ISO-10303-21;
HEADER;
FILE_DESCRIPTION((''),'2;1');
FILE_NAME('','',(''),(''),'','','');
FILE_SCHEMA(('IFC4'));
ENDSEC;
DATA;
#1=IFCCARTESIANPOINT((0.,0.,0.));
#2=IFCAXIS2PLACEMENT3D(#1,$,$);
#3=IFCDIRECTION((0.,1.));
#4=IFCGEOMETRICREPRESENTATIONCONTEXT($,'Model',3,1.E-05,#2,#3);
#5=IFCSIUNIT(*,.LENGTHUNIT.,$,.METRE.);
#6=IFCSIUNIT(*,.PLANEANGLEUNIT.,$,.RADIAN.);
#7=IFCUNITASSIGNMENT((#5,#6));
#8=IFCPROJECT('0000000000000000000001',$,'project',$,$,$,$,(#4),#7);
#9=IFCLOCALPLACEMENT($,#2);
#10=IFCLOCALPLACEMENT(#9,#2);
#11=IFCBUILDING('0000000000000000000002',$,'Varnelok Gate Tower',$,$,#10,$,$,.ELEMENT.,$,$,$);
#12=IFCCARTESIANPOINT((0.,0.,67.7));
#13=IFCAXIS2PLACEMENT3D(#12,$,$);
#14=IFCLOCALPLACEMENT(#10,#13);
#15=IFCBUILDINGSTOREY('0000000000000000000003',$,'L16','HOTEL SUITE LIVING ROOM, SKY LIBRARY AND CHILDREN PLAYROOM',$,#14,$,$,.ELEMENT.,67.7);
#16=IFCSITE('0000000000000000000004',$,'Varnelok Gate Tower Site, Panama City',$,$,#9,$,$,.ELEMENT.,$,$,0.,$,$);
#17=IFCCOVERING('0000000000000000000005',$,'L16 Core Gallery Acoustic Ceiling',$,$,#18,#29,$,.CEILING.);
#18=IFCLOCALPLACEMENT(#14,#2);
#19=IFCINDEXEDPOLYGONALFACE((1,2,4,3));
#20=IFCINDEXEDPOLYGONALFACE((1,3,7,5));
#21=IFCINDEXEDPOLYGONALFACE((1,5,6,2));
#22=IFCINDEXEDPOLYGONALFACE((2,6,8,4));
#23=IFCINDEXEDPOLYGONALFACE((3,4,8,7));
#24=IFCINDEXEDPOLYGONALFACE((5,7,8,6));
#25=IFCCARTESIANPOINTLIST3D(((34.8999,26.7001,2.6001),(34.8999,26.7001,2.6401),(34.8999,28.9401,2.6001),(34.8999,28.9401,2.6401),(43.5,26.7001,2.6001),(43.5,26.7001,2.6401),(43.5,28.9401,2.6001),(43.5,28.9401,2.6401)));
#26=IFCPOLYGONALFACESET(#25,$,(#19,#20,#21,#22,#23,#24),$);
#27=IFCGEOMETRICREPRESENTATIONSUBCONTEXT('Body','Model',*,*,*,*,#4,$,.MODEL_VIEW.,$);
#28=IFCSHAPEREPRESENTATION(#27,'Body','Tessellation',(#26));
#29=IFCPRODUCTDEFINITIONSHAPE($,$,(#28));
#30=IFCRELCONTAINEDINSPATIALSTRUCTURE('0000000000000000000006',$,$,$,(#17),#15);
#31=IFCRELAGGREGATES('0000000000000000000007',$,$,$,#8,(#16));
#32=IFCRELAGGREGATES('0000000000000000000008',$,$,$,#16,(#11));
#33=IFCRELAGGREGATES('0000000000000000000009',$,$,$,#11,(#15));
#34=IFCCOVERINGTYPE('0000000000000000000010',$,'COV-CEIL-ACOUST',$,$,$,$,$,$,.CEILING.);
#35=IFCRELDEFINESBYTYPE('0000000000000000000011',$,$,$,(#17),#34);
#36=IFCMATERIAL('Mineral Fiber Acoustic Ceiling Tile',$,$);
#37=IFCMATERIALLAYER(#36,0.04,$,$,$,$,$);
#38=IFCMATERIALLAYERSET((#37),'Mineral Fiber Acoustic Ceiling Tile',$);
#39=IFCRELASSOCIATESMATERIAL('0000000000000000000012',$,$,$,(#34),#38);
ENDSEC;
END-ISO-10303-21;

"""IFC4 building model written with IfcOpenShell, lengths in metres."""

from ifc_helpers import new_model, si_unit, direction, frame, origin, origin_2d, place, context, subcontext, project, spatial, rectangle, extrude, source, transform, mapped, material, layer, layer_set, type_object, element, save


model = new_model("IFC4")

# Units and contexts
model_context = context("Model", 3, precision=1e-05, world=origin(), true_north=direction((0.0, 1.0)))
body_context = subcontext(model_context, "Body", "Model", "MODEL_VIEW")
ifc_project = project(units=[si_unit("LENGTHUNIT", "METRE"), si_unit("PLANEANGLEUNIT", "RADIAN")], contexts=[model_context])

# Site, building, storey
site_placement = place(None, origin())
site = spatial("IfcSite", under=ifc_project, at=site_placement, Name="Varnelok Gate Tower Site, Panama City", CompositionType="ELEMENT", RefElevation=0.0)
building_placement = place(site_placement, origin())
building = spatial("IfcBuilding", under=site, at=building_placement, Name="Varnelok Gate Tower", CompositionType="ELEMENT")
storey_placement = place(building_placement, frame((0.0, 0.0, 67.7)))
storey = spatial("IfcBuildingStorey", under=building, at=storey_placement, Name="L16", Description="HOTEL SUITE LIVING ROOM, SKY LIBRARY AND CHILDREN PLAYROOM", CompositionType="ELEMENT", Elevation=67.7)

# Covering
ifc_material_1 = material(Name="Mineral Fiber Acoustic Ceiling Tile")
ifc_layer_1 = layer(ifc_material_1, 0.04)
ifc_layer_set_1 = layer_set([ifc_layer_1], Name="Mineral Fiber Acoustic Ceiling Tile")
covering_type_1 = type_object("IfcCoveringType", Name="COV-CEIL-ACOUST", PredefinedType="CEILING", material=ifc_layer_set_1)
shared_shape_1 = source(origin(), body_context, "Body", "SweptSolid", [
    extrude(rectangle(XDim=8.6001, YDim=2.24, at=origin_2d()), origin(), (0.0, 0.0, 1.0), 0.04),
])
covering_1_placement = place(storey_placement, frame((39.2, 27.8201, 2.6001), z_axis=(0.0, 0.0, 1.0), x_axis=(1.0, 0.0, 0.0)))
element("IfcCovering", 1, at=covering_1_placement, inside=storey, type_object=covering_type_1, Name="L16 Core Gallery Acoustic Ceiling", PredefinedType="CEILING", context=body_context, shape_type="MappedRepresentation", body=[
    mapped(shared_shape_1, transform((0.0, 0.0, 0.0), scale=1.0)),
])

save(model, "model.ifc")
